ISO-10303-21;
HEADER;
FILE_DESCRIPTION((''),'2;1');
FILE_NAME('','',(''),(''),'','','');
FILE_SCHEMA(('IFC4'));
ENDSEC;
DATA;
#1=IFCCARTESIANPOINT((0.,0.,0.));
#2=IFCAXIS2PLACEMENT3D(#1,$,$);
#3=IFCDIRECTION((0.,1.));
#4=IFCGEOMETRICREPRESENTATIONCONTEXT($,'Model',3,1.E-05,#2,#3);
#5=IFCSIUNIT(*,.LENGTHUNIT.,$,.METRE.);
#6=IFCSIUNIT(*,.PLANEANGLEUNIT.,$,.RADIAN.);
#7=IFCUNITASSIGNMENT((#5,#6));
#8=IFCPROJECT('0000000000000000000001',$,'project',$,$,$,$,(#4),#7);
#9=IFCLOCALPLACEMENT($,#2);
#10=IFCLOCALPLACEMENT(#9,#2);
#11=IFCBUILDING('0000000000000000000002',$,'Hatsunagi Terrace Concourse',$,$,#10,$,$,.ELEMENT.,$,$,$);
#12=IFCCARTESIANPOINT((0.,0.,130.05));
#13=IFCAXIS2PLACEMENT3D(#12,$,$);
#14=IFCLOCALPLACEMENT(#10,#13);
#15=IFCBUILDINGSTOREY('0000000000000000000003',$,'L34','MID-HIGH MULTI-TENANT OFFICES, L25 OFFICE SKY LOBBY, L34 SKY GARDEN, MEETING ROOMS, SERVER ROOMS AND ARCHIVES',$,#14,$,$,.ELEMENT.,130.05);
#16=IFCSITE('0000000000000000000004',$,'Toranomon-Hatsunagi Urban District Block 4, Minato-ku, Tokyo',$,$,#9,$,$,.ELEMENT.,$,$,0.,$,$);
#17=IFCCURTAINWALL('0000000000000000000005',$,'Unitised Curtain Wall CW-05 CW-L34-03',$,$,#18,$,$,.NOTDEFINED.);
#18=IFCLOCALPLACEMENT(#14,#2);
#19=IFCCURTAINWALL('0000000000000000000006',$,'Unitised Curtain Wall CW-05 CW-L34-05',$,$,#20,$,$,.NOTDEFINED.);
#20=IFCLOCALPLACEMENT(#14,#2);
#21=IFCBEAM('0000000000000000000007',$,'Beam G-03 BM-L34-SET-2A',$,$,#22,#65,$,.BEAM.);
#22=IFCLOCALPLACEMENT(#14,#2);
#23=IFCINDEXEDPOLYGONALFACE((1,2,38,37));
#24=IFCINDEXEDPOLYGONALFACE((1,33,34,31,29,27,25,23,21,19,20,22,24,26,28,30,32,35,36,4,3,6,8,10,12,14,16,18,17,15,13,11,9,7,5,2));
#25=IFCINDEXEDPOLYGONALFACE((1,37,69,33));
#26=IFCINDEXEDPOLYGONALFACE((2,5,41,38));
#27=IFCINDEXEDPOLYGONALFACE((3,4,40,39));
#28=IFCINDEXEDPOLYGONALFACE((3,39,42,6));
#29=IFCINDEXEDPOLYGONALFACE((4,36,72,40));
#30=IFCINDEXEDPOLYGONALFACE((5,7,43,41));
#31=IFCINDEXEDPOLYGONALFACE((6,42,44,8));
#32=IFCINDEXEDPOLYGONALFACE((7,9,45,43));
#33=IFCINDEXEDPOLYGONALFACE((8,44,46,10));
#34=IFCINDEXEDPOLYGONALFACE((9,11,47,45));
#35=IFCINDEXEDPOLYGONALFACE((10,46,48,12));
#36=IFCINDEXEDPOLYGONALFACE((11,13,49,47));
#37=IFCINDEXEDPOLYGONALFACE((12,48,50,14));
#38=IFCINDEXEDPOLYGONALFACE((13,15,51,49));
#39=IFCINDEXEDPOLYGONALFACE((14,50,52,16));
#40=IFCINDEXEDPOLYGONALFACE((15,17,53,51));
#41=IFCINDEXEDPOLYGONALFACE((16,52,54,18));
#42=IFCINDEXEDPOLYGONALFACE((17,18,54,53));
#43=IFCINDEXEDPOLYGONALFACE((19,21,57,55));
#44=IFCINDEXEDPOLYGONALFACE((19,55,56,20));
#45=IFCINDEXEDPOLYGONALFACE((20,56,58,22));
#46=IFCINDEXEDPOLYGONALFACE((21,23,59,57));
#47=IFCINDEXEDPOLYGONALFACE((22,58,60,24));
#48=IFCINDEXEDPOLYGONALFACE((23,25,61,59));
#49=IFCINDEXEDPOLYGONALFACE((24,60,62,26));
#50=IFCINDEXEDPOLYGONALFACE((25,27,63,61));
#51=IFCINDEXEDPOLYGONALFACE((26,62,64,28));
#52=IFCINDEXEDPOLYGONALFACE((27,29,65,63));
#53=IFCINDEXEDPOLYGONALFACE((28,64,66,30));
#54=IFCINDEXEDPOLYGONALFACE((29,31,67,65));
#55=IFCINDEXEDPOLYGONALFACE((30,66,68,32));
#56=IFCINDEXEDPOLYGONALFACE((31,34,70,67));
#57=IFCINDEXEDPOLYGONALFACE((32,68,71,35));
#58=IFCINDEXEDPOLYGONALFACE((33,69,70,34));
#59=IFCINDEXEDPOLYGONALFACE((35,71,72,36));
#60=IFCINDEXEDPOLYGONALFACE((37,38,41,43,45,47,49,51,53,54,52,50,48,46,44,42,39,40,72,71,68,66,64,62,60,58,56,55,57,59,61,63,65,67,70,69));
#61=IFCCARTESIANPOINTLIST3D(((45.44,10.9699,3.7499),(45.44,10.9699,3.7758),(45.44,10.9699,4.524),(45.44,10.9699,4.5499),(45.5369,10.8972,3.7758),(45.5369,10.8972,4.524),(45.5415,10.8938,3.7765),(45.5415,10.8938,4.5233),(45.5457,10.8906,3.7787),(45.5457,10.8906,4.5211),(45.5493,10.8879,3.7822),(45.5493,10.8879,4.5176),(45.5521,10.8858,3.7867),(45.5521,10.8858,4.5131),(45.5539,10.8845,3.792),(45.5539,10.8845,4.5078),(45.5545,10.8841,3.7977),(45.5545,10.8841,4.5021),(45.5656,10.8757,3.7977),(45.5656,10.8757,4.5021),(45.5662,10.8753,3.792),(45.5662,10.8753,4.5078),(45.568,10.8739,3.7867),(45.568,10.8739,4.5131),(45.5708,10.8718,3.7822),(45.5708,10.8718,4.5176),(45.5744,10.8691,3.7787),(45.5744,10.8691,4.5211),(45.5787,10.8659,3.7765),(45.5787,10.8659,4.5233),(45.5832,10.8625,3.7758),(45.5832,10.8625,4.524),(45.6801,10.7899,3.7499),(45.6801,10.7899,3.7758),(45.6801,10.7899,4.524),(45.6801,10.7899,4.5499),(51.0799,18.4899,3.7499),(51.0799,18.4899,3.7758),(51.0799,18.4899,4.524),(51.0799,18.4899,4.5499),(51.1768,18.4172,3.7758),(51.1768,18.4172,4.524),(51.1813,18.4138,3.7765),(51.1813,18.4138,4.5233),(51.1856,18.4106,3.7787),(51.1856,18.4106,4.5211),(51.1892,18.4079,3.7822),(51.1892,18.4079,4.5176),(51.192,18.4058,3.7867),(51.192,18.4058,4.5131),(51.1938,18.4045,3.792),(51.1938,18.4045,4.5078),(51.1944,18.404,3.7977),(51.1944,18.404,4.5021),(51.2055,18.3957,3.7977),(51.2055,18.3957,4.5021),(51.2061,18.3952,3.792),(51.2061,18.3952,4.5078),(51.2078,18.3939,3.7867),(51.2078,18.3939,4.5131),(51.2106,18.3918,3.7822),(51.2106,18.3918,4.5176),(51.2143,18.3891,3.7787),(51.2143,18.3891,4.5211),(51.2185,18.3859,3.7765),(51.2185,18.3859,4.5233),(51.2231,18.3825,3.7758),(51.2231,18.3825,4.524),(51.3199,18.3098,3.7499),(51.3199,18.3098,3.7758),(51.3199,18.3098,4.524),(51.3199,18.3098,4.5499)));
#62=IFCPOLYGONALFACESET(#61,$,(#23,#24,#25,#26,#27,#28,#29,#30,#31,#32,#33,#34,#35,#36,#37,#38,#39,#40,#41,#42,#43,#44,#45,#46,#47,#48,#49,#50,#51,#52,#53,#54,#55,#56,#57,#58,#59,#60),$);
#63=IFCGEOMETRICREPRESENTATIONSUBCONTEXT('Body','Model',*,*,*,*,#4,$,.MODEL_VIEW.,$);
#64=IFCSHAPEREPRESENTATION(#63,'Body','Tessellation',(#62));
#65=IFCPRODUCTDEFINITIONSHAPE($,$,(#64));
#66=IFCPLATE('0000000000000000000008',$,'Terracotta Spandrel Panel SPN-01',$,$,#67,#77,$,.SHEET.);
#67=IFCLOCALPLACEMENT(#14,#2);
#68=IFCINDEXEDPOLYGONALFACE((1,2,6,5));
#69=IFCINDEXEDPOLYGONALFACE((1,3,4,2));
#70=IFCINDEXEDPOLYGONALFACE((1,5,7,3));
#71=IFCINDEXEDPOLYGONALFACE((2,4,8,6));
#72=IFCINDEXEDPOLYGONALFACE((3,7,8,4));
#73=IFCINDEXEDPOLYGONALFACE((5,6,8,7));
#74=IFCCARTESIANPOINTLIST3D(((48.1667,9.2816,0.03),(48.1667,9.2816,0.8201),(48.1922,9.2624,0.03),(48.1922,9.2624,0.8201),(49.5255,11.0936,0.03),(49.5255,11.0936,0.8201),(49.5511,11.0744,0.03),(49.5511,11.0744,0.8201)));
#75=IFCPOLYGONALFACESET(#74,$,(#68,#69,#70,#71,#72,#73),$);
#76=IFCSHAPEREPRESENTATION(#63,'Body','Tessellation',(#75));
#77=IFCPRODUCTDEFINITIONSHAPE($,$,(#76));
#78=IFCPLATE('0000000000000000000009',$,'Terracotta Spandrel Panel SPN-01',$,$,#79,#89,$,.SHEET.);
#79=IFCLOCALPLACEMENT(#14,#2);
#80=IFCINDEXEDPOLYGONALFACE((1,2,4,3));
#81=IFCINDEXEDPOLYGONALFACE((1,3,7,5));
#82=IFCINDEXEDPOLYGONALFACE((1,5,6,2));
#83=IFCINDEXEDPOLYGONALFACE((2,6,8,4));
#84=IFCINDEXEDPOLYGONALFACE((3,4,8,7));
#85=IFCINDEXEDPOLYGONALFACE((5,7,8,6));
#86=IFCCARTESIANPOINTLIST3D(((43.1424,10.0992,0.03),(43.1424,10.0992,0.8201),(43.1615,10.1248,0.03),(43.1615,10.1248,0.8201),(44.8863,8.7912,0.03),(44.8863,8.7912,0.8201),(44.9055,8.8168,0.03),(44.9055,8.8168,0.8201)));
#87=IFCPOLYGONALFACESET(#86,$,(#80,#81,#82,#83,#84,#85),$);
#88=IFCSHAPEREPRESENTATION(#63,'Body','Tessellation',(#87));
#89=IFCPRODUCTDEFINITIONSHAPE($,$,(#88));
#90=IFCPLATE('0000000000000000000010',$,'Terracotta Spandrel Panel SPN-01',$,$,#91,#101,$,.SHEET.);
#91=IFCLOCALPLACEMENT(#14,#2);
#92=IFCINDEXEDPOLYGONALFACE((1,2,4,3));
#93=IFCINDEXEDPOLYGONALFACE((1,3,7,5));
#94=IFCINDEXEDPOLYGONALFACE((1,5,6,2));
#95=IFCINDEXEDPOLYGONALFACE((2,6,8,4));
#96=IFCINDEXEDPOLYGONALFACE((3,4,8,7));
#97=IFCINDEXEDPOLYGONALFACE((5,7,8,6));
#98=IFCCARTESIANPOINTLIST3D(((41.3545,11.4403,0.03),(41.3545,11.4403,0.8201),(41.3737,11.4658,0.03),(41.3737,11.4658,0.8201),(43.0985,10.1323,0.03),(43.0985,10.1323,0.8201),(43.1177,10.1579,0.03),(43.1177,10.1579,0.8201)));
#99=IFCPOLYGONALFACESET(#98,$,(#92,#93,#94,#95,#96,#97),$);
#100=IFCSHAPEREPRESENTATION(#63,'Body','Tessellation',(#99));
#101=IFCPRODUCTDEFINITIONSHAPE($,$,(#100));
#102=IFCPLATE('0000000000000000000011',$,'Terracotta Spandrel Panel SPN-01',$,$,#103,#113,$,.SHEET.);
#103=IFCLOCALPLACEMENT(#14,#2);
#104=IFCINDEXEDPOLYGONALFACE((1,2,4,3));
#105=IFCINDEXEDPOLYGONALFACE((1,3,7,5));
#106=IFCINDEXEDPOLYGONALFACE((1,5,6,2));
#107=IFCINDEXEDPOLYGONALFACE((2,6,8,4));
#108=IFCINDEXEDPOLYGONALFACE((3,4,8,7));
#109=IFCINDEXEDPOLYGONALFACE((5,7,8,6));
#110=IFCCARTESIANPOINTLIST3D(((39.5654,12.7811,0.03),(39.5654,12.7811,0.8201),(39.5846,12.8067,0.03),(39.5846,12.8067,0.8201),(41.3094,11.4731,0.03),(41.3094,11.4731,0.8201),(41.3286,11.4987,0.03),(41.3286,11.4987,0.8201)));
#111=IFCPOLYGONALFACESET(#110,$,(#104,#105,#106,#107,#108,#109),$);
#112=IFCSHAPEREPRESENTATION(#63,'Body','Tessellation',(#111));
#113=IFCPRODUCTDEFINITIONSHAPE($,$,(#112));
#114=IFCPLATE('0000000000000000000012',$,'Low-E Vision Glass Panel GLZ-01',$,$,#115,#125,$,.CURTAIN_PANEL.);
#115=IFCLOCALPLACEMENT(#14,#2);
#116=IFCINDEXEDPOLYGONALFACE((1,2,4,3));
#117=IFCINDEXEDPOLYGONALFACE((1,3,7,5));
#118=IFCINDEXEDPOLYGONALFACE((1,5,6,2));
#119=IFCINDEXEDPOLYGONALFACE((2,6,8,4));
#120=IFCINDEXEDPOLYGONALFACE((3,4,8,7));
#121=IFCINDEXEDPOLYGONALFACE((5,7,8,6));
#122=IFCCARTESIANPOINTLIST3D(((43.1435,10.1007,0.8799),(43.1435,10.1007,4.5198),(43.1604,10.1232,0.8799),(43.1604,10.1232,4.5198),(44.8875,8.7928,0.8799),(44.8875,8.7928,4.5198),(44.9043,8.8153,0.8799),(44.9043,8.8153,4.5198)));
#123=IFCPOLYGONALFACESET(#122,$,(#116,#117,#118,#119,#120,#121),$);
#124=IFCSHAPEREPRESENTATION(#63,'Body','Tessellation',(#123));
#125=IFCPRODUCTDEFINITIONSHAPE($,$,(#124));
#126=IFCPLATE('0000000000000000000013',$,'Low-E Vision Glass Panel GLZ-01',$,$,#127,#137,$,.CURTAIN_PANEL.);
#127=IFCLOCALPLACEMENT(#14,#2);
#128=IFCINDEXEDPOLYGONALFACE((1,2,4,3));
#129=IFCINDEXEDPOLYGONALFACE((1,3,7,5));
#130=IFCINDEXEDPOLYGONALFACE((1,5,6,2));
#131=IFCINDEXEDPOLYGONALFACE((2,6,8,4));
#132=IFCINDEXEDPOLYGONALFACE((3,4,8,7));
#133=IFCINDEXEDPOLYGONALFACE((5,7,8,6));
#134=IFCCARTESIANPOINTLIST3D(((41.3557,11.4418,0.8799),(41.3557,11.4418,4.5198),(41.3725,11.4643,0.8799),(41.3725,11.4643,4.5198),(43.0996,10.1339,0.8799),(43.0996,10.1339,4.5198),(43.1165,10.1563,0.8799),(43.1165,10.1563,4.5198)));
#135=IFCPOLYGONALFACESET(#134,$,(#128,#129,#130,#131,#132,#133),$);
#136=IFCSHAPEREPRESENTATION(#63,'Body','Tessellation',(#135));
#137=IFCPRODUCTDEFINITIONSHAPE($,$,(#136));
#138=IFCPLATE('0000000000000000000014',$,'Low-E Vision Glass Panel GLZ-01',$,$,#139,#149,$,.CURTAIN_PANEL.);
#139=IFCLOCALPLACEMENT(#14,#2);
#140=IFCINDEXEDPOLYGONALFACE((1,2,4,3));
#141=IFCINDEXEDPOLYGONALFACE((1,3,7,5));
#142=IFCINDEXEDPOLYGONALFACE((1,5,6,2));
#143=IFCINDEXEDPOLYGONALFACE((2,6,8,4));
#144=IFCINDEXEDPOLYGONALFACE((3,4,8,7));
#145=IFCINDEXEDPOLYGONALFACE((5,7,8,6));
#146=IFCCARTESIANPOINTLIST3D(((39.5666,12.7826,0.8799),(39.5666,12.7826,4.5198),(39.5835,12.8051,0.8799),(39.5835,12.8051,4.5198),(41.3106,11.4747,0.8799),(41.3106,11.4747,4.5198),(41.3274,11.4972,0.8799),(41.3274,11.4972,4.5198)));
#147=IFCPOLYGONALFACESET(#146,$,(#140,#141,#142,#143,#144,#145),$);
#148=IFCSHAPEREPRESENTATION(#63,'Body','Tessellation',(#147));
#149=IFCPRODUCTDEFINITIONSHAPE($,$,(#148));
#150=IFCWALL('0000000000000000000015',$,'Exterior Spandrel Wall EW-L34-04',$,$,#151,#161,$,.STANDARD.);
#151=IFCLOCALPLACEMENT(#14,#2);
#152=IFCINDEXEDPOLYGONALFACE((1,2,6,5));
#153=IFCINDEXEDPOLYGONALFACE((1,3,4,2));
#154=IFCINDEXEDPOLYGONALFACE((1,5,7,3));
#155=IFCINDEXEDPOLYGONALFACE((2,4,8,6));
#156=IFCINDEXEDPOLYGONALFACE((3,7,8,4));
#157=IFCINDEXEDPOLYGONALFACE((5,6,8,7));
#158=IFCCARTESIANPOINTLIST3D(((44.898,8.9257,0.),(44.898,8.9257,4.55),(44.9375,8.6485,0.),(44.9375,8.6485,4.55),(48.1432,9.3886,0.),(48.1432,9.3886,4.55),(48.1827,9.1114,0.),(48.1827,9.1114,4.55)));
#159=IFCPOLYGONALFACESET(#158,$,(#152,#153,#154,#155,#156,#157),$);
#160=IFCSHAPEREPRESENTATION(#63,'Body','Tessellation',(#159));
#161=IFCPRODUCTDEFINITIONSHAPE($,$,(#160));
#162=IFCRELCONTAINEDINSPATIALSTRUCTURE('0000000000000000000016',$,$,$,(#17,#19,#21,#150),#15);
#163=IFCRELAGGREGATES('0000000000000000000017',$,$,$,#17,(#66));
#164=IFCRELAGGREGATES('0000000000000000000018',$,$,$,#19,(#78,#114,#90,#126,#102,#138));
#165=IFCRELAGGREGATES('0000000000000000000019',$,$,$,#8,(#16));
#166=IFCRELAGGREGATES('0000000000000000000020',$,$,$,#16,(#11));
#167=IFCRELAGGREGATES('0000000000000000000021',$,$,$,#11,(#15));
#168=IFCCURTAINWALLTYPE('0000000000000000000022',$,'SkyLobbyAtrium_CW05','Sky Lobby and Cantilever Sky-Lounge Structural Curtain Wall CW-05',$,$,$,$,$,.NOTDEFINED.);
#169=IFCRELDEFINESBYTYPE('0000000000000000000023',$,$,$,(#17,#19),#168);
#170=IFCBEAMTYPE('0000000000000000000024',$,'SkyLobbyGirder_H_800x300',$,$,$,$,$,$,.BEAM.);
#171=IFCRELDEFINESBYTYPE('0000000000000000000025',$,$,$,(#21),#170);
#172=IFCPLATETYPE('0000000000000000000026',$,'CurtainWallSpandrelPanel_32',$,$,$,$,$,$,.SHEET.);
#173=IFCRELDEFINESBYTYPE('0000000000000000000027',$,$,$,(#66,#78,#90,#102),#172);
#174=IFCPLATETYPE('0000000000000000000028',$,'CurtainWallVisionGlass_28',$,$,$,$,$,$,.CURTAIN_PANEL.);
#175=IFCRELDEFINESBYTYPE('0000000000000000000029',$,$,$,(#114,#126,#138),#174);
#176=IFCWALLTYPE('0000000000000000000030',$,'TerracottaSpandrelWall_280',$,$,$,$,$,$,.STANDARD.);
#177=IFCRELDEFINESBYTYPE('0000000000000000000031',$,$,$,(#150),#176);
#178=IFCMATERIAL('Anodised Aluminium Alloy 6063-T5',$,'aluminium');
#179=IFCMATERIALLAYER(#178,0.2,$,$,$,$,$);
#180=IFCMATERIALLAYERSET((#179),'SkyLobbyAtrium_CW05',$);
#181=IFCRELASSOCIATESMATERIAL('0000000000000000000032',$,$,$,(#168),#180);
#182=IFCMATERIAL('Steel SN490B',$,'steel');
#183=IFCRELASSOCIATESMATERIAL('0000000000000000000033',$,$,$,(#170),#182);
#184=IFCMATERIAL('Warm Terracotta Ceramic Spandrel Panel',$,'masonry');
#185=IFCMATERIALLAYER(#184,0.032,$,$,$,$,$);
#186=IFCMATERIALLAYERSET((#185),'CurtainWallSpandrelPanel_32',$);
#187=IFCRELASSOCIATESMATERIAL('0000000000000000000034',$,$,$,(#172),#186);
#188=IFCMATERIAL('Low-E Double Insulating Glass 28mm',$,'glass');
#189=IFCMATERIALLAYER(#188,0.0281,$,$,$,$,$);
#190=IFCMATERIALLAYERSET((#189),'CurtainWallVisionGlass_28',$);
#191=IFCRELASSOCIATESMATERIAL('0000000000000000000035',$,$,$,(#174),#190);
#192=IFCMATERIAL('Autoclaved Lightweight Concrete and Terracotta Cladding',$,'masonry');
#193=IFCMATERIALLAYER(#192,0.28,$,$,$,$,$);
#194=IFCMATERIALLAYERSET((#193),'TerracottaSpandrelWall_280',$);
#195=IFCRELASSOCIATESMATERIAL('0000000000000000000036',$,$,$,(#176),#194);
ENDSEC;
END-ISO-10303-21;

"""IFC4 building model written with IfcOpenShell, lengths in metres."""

from ifc_helpers import new_model, si_unit, direction, frame, frame_2d, origin, origin_2d, place, context, subcontext, project, spatial, rectangle, i_section, extrude, material, layer, layer_set, material_profile, profile_set, type_object, element, aggregate, save


model = new_model("IFC4")

# Units and contexts
model_context = context("Model", 3, precision=1e-05, world=origin(), true_north=direction((0.0, 1.0)))
body_context = subcontext(model_context, "Body", "Model", "MODEL_VIEW")
ifc_project = project(units=[si_unit("LENGTHUNIT", "METRE"), si_unit("PLANEANGLEUNIT", "RADIAN")], contexts=[model_context])

# Site, building, storey
site_placement = place(None, origin())
site = spatial("IfcSite", under=ifc_project, at=site_placement, Name="Toranomon-Hatsunagi Urban District Block 4, Minato-ku, Tokyo", CompositionType="ELEMENT", RefElevation=0.0)
building_placement = place(site_placement, origin())
building = spatial("IfcBuilding", under=site, at=building_placement, Name="Hatsunagi Terrace Concourse", CompositionType="ELEMENT")
storey_placement = place(building_placement, frame((0.0, 0.0, 130.05)))
storey = spatial("IfcBuildingStorey", under=building, at=storey_placement, Name="L34", Description="MID-HIGH MULTI-TENANT OFFICES, L25 OFFICE SKY LOBBY, L34 SKY GARDEN, MEETING ROOMS, SERVER ROOMS AND ARCHIVES", CompositionType="ELEMENT", Elevation=130.05)

# Curtain wall
ifc_material_1 = material(Name="Anodised Aluminium Alloy 6063-T5", Category="aluminium")
ifc_layer_1 = layer(ifc_material_1, 0.2)
ifc_layer_set_1 = layer_set([ifc_layer_1], Name="SkyLobbyAtrium_CW05")
curtain_wall_type = type_object("IfcCurtainWallType", Name="SkyLobbyAtrium_CW05", Description="Sky Lobby and Cantilever Sky-Lounge Structural Curtain Wall CW-05", PredefinedType="NOTDEFINED", material=ifc_layer_set_1)
curtain_wall_1_placement = place(storey_placement, origin())
curtain_wall_1 = element("IfcCurtainWall", 1, at=curtain_wall_1_placement, inside=storey, type_object=curtain_wall_type, Name="Unitised Curtain Wall CW-05 CW-L34-03", PredefinedType="NOTDEFINED")

# Curtain wall
curtain_wall_2_placement = place(storey_placement, origin())
curtain_wall_2 = element("IfcCurtainWall", 2, at=curtain_wall_2_placement, inside=storey, type_object=curtain_wall_type, Name="Unitised Curtain Wall CW-05 CW-L34-05", PredefinedType="NOTDEFINED")

# Beam
ifc_material_2 = material(Name="Steel SN490B", Category="steel")
ifc_material_profile_1 = material_profile(ifc_material_2, i_section(OverallWidth=0.3, OverallDepth=0.8, WebThickness=0.0139, FlangeThickness=0.0259, FilletRadius=0.022, at=origin_2d()), Name="H-800x300x14x26")
ifc_profile_set_1 = profile_set([ifc_material_profile_1], Name="Steel SN490B")
beam_type = type_object("IfcBeamType", Name="SkyLobbyGirder_H_800x300", PredefinedType="BEAM", material=ifc_profile_set_1)
beam_placement = place(storey_placement, frame((45.5601, 10.8799, 4.1499), z_axis=(0.599992, 0.800006, 0.0), x_axis=(-0.800006, 0.599992, 0.0)))
element("IfcBeam", 3, at=beam_placement, inside=storey, type_object=beam_type, Name="Beam G-03 BM-L34-SET-2A", PredefinedType="BEAM", context=body_context, shape_type="SweptSolid", body=[
    extrude(i_section(OverallWidth=0.3, OverallDepth=0.8, WebThickness=0.0139, FlangeThickness=0.0259, FilletRadius=0.022, at=origin_2d()), origin(), (0.0, 0.0, 1.0), 9.3999),
])

# Plates
ifc_material_3 = material(Name="Warm Terracotta Ceramic Spandrel Panel", Category="masonry")
ifc_layer_2 = layer(ifc_material_3, 0.032)
ifc_layer_set_2 = layer_set([ifc_layer_2], Name="CurtainWallSpandrelPanel_32")
plate_type_1 = type_object("IfcPlateType", Name="CurtainWallSpandrelPanel_32", PredefinedType="SHEET", material=ifc_layer_set_2)
plate_1_placement = place(storey_placement, frame((48.8589, 10.178, 0.03), z_axis=(0.0, 0.0, 1.0), x_axis=(-0.599969, -0.800023, 0.0)))
plate_1 = element("IfcPlate", 4, at=plate_1_placement, type_object=plate_type_1, Name="Terracotta Spandrel Panel SPN-01", PredefinedType="SHEET", context=body_context, shape_type="SweptSolid", body=[
    extrude(rectangle(XDim=2.2649, YDim=0.032, at=origin_2d()), origin(), (0.0, 0.0, 1.0), 0.79),
])
aggregate(curtain_wall_1, [plate_1])
plate_2_placement = place(storey_placement, frame((44.0239, 9.458, 0.03), z_axis=(0.0, 0.0, 1.0), x_axis=(-0.800005, 0.599993, 0.0)))
plate_2 = element("IfcPlate", 5, at=plate_2_placement, type_object=plate_type_1, Name="Terracotta Spandrel Panel SPN-01", PredefinedType="SHEET", context=body_context, shape_type="SweptSolid", body=[
    extrude(rectangle(XDim=2.1799, YDim=0.032, at=origin_2d()), origin(), (0.0, 0.0, 1.0), 0.79),
])
plate_3_placement = place(storey_placement, frame((42.2361, 10.7991, 0.03), z_axis=(0.0, 0.0, 1.0), x_axis=(-0.800005, 0.599993, 0.0)))
plate_3 = element("IfcPlate", 6, at=plate_3_placement, type_object=plate_type_1, Name="Terracotta Spandrel Panel SPN-01", PredefinedType="SHEET", context=body_context, shape_type="SweptSolid", body=[
    extrude(rectangle(XDim=2.1799, YDim=0.032, at=origin_2d()), origin(), (0.0, 0.0, 1.0), 0.79),
])
plate_4_placement = place(storey_placement, frame((40.447, 12.1399, 0.03), z_axis=(0.0, 0.0, 1.0), x_axis=(-0.800005, 0.599993, 0.0)))
plate_4 = element("IfcPlate", 7, at=plate_4_placement, type_object=plate_type_1, Name="Terracotta Spandrel Panel SPN-01", PredefinedType="SHEET", context=body_context, shape_type="SweptSolid", body=[
    extrude(rectangle(XDim=2.1799, YDim=0.032, at=origin_2d()), origin(), (0.0, 0.0, 1.0), 0.79),
])
ifc_material_4 = material(Name="Low-E Double Insulating Glass 28mm", Category="glass")
ifc_layer_3 = layer(ifc_material_4, 0.0281)
ifc_layer_set_3 = layer_set([ifc_layer_3], Name="CurtainWallVisionGlass_28")
plate_type_2 = type_object("IfcPlateType", Name="CurtainWallVisionGlass_28", PredefinedType="CURTAIN_PANEL", material=ifc_layer_set_3)
plate_5_placement = place(storey_placement, frame((44.0239, 9.458, 0.8799), z_axis=(0.0, 0.0, 1.0), x_axis=(-0.800005, 0.599993, 0.0)))
plate_5 = element("IfcPlate", 8, at=plate_5_placement, type_object=plate_type_2, Name="Low-E Vision Glass Panel GLZ-01", PredefinedType="CURTAIN_PANEL", context=body_context, shape_type="SweptSolid", body=[
    extrude(rectangle(XDim=2.1799, YDim=0.0281, at=origin_2d()), origin(), (0.0, 0.0, 1.0), 3.6399),
])
plate_6_placement = place(storey_placement, frame((42.2361, 10.7991, 0.8799), z_axis=(0.0, 0.0, 1.0), x_axis=(-0.800005, 0.599993, 0.0)))
plate_6 = element("IfcPlate", 9, at=plate_6_placement, type_object=plate_type_2, Name="Low-E Vision Glass Panel GLZ-01", PredefinedType="CURTAIN_PANEL", context=body_context, shape_type="SweptSolid", body=[
    extrude(rectangle(XDim=2.1799, YDim=0.0281, at=origin_2d()), origin(), (0.0, 0.0, 1.0), 3.6399),
])
plate_7_placement = place(storey_placement, frame((40.447, 12.1399, 0.8799), z_axis=(0.0, 0.0, 1.0), x_axis=(-0.800005, 0.599993, 0.0)))
plate_7 = element("IfcPlate", 10, at=plate_7_placement, type_object=plate_type_2, Name="Low-E Vision Glass Panel GLZ-01", PredefinedType="CURTAIN_PANEL", context=body_context, shape_type="SweptSolid", body=[
    extrude(rectangle(XDim=2.1799, YDim=0.0281, at=origin_2d()), origin(), (0.0, 0.0, 1.0), 3.6399),
])
aggregate(curtain_wall_2, [plate_2, plate_5, plate_3, plate_6, plate_4, plate_7])

# Wall
ifc_material_5 = material(Name="Autoclaved Lightweight Concrete and Terracotta Cladding", Category="masonry")
ifc_layer_4 = layer(ifc_material_5, 0.28)
ifc_layer_set_4 = layer_set([ifc_layer_4], Name="TerracottaSpandrelWall_280")
wall_type = type_object("IfcWallType", Name="TerracottaSpandrelWall_280", PredefinedType="STANDARD", material=ifc_layer_set_4)
wall_placement = place(storey_placement, frame((48.1631, 9.25, 0.0), z_axis=(0.0, 0.0, 1.0), x_axis=(-0.989979, -0.141213, 0.0)))
element("IfcWall", 11, at=wall_placement, inside=storey, type_object=wall_type, Name="Exterior Spandrel Wall EW-L34-04", PredefinedType="STANDARD", context=body_context, shape_type="SweptSolid", body=[
    extrude(rectangle(XDim=3.2781, YDim=0.28, at=frame_2d((1.6392, 0.0))), origin(), (0.0, 0.0, 1.0), 4.55),
])

save(model, "model.ifc")
